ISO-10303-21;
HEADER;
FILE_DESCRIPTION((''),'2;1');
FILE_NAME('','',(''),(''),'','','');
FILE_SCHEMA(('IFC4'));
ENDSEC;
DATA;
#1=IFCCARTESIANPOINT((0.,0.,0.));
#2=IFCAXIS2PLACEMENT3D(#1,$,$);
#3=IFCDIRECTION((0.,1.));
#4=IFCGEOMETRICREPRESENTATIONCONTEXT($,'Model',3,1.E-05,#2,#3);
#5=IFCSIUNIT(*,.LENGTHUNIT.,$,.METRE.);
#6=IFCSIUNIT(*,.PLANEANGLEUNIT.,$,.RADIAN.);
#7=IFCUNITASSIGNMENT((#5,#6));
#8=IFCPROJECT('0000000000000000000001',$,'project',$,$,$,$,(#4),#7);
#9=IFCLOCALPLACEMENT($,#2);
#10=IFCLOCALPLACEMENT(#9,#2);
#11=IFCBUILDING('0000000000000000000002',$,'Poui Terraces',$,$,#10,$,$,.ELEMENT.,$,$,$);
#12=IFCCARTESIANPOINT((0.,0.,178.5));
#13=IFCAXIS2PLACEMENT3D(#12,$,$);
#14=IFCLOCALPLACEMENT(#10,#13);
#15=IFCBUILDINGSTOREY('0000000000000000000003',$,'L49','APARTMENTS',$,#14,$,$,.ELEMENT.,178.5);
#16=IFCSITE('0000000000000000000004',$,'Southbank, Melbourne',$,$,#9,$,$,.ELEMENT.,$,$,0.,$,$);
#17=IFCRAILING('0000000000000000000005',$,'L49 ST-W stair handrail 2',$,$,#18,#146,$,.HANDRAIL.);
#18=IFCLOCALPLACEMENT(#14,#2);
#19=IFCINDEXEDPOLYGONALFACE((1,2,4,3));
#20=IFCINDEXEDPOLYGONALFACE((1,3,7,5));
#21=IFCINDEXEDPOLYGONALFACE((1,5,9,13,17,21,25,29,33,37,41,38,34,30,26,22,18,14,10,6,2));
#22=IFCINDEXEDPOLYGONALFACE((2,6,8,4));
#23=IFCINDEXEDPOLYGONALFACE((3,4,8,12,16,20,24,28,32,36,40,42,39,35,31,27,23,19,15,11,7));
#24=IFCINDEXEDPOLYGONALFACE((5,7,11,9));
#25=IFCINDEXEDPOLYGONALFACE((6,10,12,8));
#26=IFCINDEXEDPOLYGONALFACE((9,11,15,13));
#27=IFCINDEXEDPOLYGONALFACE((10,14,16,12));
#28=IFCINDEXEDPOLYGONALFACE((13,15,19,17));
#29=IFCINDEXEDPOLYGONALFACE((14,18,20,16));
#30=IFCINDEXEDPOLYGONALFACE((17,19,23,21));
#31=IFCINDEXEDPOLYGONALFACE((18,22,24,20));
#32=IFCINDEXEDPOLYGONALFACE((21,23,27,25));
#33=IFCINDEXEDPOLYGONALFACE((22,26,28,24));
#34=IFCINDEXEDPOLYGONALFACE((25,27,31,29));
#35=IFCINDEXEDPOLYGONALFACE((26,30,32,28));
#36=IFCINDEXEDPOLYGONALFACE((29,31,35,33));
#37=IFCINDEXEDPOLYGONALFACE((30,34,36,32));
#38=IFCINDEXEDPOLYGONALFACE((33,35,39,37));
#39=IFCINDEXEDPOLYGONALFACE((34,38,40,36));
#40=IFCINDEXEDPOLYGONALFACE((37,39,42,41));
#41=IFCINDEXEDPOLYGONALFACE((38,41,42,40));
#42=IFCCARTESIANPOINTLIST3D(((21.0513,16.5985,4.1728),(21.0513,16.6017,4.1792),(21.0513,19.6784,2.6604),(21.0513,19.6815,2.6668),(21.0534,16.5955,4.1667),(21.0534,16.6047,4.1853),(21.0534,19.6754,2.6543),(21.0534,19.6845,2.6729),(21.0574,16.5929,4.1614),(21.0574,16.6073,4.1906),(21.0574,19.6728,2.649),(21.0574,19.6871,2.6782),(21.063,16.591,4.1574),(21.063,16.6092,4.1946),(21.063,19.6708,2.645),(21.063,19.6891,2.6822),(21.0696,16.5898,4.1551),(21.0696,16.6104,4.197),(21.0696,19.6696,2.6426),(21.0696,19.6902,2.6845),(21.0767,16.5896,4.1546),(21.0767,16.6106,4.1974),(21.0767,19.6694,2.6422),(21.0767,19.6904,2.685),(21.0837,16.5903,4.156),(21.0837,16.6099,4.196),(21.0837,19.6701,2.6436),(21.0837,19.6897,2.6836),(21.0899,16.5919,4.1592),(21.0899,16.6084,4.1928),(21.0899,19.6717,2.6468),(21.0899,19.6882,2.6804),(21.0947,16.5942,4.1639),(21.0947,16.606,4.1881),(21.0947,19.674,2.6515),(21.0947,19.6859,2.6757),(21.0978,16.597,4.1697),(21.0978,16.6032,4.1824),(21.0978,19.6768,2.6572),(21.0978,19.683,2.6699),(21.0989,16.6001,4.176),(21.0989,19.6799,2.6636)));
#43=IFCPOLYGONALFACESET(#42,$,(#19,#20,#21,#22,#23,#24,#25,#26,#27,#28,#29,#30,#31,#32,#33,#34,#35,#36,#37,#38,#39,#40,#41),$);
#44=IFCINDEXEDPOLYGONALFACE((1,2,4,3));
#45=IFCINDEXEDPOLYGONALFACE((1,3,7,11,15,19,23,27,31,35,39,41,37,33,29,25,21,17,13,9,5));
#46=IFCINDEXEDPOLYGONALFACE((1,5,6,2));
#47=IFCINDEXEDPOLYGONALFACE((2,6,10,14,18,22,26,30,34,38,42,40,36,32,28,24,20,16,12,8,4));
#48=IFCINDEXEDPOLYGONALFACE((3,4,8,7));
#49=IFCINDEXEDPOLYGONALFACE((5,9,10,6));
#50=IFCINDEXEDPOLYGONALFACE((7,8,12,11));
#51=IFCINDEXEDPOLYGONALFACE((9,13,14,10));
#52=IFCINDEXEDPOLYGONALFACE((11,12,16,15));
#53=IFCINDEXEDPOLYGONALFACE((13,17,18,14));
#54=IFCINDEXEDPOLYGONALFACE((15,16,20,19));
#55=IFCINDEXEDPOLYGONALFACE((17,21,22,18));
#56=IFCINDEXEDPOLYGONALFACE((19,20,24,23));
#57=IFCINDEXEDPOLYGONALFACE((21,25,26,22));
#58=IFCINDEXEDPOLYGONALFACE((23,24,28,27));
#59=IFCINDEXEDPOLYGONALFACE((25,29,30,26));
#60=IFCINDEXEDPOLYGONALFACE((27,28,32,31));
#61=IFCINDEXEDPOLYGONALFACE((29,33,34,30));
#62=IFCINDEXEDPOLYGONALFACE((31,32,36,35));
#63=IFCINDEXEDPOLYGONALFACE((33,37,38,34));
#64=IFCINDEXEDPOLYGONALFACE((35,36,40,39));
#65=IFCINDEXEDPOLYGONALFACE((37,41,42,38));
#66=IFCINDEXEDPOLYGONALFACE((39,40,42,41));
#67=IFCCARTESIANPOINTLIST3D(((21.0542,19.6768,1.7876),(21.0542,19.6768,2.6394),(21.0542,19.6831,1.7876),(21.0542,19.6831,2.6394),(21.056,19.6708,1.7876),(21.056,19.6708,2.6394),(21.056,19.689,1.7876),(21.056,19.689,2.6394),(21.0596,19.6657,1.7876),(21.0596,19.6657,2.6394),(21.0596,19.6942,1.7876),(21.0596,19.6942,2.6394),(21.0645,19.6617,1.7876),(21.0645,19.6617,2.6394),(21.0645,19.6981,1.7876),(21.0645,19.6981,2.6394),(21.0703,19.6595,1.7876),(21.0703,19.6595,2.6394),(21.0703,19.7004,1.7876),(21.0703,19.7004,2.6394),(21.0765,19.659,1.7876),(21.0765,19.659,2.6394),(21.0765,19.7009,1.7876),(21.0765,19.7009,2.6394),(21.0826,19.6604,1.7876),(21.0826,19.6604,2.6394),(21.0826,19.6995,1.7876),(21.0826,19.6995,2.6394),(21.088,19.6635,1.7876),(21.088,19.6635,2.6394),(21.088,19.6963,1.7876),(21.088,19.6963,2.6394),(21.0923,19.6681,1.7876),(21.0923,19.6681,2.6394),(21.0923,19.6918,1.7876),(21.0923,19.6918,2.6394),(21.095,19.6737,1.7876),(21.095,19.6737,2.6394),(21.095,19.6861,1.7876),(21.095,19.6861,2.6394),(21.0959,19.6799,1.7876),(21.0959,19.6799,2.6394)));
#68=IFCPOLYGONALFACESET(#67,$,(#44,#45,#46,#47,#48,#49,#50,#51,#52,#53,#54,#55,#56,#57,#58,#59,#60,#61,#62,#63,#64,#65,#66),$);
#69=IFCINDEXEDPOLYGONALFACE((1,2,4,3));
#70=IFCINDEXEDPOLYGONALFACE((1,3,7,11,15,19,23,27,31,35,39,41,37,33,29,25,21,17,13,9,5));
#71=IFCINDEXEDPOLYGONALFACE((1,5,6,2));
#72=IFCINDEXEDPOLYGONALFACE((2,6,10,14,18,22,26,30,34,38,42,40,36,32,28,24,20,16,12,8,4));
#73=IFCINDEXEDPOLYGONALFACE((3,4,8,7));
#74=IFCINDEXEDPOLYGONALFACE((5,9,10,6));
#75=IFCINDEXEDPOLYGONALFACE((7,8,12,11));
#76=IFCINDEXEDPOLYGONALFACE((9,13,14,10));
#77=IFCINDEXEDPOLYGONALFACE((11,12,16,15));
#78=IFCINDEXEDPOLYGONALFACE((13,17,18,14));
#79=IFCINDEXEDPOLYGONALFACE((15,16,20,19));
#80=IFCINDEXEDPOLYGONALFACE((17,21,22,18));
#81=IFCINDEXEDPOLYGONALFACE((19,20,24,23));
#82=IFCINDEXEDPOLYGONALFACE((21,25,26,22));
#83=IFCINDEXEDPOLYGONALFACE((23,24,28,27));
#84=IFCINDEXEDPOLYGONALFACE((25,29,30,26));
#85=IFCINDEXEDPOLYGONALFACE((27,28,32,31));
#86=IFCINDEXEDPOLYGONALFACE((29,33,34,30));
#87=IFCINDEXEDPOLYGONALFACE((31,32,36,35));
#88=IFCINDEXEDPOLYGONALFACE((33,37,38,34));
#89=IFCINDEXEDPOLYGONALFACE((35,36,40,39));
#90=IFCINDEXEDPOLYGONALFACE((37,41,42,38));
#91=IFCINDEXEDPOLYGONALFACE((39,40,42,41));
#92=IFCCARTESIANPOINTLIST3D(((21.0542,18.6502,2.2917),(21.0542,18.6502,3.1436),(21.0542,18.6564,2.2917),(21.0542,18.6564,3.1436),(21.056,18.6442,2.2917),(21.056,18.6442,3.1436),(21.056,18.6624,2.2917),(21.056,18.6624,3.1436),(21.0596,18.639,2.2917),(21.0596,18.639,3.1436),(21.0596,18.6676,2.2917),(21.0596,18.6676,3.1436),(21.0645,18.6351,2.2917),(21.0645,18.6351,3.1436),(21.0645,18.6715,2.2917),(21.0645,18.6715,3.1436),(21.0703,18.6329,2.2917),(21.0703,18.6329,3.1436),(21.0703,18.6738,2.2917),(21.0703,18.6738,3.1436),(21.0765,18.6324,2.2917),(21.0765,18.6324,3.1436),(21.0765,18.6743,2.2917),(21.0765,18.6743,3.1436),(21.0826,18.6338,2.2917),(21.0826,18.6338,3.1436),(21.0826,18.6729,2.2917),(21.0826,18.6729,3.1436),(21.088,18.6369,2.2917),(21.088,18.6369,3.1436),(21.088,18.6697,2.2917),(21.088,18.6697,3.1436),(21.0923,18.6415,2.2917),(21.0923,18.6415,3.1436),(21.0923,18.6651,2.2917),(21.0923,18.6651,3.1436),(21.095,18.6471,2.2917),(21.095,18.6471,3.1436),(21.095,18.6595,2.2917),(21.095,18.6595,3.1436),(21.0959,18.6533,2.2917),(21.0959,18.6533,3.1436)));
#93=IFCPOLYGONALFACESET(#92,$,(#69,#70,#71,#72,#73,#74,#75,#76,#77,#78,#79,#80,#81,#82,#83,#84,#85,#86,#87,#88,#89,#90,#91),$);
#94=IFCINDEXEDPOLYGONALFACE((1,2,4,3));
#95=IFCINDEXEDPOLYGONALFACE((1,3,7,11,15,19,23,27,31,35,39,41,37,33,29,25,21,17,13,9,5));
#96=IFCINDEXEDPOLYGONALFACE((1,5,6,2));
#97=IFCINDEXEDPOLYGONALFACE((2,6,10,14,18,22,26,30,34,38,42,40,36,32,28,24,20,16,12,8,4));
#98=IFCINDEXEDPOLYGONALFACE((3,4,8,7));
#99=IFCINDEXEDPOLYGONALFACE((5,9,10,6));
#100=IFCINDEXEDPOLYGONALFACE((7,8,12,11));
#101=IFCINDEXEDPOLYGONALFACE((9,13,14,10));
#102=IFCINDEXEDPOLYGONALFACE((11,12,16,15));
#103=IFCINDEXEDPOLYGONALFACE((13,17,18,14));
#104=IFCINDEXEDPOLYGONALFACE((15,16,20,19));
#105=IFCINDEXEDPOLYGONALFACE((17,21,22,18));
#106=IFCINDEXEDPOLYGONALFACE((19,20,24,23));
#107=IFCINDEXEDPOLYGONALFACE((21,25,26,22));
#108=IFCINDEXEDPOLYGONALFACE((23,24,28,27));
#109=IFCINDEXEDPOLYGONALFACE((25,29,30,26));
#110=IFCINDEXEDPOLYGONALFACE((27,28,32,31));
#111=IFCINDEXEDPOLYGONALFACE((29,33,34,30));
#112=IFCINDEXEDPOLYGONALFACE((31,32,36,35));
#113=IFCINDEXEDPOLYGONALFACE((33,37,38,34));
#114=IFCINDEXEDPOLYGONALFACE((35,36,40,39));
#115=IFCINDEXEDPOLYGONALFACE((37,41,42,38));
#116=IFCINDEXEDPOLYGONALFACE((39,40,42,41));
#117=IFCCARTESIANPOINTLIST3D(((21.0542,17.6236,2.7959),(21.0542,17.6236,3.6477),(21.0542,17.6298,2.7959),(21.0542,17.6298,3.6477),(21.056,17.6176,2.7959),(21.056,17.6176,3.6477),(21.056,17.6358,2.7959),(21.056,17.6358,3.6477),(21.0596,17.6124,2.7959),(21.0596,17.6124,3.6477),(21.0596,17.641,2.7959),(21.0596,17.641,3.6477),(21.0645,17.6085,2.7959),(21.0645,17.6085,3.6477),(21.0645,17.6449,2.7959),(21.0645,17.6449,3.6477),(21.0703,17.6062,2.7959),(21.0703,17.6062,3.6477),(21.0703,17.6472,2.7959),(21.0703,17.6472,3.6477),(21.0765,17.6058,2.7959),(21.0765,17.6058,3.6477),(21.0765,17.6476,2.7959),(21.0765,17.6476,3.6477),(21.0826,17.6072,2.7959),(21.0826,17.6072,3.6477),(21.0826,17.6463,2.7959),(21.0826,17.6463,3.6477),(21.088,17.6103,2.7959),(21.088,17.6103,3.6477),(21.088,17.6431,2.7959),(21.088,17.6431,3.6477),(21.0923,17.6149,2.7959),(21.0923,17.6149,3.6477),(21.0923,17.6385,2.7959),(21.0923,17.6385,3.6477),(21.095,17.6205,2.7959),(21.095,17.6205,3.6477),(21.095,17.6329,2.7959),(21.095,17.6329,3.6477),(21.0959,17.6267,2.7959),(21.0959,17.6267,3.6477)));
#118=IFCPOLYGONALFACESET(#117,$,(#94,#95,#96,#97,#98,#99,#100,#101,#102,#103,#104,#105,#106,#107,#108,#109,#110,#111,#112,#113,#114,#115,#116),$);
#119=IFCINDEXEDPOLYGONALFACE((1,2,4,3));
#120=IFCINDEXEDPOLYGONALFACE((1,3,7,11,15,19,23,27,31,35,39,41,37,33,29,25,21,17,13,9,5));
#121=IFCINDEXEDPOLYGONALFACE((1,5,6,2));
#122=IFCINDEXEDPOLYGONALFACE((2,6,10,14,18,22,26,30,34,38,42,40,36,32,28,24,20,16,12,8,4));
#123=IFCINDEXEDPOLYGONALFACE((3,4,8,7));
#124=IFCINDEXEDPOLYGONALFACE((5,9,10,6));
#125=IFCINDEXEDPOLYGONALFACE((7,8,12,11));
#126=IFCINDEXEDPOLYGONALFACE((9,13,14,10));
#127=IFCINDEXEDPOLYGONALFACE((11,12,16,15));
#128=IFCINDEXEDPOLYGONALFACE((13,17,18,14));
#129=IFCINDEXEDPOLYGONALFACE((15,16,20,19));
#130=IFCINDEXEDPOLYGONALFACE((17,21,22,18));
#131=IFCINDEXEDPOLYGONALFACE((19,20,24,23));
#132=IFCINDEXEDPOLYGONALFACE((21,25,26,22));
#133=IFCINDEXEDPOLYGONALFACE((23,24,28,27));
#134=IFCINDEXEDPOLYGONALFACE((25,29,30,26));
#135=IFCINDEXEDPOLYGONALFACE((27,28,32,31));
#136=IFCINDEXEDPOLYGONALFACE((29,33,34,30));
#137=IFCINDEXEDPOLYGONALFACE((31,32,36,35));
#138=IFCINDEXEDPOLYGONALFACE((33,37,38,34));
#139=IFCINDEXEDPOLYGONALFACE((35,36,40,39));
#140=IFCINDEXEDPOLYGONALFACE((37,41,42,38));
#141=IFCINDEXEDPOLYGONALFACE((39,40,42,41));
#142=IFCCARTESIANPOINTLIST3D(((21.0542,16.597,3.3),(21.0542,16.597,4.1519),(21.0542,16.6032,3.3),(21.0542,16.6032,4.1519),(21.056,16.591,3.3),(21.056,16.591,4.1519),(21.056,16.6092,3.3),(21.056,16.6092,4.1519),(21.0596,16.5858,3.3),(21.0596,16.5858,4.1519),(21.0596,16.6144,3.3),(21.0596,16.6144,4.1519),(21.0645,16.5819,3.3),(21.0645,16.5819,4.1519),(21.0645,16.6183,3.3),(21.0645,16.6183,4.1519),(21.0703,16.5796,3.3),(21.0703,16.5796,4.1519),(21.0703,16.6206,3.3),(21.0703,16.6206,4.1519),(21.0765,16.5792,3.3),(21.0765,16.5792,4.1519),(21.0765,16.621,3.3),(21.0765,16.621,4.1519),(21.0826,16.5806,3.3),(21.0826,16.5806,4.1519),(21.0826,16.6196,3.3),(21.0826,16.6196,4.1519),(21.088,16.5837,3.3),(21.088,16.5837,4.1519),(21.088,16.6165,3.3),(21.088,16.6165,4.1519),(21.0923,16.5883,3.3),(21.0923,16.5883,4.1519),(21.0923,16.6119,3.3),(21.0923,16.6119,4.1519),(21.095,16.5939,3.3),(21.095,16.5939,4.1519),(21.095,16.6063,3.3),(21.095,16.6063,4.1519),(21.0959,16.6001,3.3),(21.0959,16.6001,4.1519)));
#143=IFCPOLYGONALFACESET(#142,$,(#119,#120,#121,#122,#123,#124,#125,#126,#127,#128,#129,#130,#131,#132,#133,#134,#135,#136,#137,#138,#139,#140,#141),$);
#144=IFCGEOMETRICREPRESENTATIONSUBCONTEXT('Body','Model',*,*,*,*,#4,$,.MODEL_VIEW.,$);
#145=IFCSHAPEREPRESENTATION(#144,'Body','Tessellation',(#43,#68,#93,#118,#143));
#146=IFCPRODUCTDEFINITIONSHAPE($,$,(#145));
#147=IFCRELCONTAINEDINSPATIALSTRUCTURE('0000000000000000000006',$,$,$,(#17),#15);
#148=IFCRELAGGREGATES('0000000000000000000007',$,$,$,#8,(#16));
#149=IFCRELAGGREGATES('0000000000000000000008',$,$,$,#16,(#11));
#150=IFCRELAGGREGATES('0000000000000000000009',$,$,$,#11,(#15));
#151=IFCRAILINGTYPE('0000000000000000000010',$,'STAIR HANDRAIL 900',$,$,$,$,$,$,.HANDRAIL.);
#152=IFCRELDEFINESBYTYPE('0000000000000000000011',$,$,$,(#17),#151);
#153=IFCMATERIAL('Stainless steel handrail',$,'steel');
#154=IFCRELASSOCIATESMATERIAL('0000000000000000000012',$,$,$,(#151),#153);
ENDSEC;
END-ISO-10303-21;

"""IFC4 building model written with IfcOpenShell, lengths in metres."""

from ifc_helpers import new_model, si_unit, direction, frame, origin, origin_2d, place, context, subcontext, project, spatial, circle, extrude, material, type_object, element, save


model = new_model("IFC4")

# Units and contexts
model_context = context("Model", 3, precision=1e-05, world=origin(), true_north=direction((0.0, 1.0)))
body_context = subcontext(model_context, "Body", "Model", "MODEL_VIEW")
ifc_project = project(units=[si_unit("LENGTHUNIT", "METRE"), si_unit("PLANEANGLEUNIT", "RADIAN")], contexts=[model_context])

# Site, building, storey
site_placement = place(None, origin())
site = spatial("IfcSite", under=ifc_project, at=site_placement, Name="Southbank, Melbourne", CompositionType="ELEMENT", RefElevation=0.0)
building_placement = place(site_placement, origin())
building = spatial("IfcBuilding", under=site, at=building_placement, Name="Poui Terraces", CompositionType="ELEMENT")
storey_placement = place(building_placement, frame((0.0, 0.0, 178.5)))
storey = spatial("IfcBuildingStorey", under=building, at=storey_placement, Name="L49", Description="APARTMENTS", CompositionType="ELEMENT", Elevation=178.5)

# Railing
ifc_material_1 = material(Name="Stainless steel handrail", Category="steel")
railing_type_1 = type_object("IfcRailingType", Name="STAIR HANDRAIL 900", PredefinedType="HANDRAIL", material=ifc_material_1)
railing_1_placement = place(storey_placement, frame((21.075, 19.6799, 1.7876)))
element("IfcRailing", 1, at=railing_1_placement, inside=storey, type_object=railing_type_1, Name="L49 ST-W stair handrail 2", PredefinedType="HANDRAIL", context=body_context, shape_type="SweptSolid", body=[
    extrude(circle(Radius=0.0239, at=origin_2d()), frame((0.0, 0.0, 0.876), z_axis=(0.0, -0.897606, 0.440798), x_axis=(1.0, 0.0, 0.0)), (0.0, 0.0, 1.0), 3.4312),
    extrude(circle(Radius=0.021, at=origin_2d()), origin(), (0.0, 0.0, 1.0), 0.8518),
    extrude(circle(Radius=0.021, at=origin_2d()), frame((0.0, -1.0266, 0.5042)), (0.0, 0.0, 1.0), 0.8518),
    extrude(circle(Radius=0.021, at=origin_2d()), frame((0.0, -2.0532, 1.0083)), (0.0, 0.0, 1.0), 0.8518),
    extrude(circle(Radius=0.021, at=origin_2d()), frame((0.0, -3.0798, 1.5125)), (0.0, 0.0, 1.0), 0.8518),
])

save(model, "model.ifc")
